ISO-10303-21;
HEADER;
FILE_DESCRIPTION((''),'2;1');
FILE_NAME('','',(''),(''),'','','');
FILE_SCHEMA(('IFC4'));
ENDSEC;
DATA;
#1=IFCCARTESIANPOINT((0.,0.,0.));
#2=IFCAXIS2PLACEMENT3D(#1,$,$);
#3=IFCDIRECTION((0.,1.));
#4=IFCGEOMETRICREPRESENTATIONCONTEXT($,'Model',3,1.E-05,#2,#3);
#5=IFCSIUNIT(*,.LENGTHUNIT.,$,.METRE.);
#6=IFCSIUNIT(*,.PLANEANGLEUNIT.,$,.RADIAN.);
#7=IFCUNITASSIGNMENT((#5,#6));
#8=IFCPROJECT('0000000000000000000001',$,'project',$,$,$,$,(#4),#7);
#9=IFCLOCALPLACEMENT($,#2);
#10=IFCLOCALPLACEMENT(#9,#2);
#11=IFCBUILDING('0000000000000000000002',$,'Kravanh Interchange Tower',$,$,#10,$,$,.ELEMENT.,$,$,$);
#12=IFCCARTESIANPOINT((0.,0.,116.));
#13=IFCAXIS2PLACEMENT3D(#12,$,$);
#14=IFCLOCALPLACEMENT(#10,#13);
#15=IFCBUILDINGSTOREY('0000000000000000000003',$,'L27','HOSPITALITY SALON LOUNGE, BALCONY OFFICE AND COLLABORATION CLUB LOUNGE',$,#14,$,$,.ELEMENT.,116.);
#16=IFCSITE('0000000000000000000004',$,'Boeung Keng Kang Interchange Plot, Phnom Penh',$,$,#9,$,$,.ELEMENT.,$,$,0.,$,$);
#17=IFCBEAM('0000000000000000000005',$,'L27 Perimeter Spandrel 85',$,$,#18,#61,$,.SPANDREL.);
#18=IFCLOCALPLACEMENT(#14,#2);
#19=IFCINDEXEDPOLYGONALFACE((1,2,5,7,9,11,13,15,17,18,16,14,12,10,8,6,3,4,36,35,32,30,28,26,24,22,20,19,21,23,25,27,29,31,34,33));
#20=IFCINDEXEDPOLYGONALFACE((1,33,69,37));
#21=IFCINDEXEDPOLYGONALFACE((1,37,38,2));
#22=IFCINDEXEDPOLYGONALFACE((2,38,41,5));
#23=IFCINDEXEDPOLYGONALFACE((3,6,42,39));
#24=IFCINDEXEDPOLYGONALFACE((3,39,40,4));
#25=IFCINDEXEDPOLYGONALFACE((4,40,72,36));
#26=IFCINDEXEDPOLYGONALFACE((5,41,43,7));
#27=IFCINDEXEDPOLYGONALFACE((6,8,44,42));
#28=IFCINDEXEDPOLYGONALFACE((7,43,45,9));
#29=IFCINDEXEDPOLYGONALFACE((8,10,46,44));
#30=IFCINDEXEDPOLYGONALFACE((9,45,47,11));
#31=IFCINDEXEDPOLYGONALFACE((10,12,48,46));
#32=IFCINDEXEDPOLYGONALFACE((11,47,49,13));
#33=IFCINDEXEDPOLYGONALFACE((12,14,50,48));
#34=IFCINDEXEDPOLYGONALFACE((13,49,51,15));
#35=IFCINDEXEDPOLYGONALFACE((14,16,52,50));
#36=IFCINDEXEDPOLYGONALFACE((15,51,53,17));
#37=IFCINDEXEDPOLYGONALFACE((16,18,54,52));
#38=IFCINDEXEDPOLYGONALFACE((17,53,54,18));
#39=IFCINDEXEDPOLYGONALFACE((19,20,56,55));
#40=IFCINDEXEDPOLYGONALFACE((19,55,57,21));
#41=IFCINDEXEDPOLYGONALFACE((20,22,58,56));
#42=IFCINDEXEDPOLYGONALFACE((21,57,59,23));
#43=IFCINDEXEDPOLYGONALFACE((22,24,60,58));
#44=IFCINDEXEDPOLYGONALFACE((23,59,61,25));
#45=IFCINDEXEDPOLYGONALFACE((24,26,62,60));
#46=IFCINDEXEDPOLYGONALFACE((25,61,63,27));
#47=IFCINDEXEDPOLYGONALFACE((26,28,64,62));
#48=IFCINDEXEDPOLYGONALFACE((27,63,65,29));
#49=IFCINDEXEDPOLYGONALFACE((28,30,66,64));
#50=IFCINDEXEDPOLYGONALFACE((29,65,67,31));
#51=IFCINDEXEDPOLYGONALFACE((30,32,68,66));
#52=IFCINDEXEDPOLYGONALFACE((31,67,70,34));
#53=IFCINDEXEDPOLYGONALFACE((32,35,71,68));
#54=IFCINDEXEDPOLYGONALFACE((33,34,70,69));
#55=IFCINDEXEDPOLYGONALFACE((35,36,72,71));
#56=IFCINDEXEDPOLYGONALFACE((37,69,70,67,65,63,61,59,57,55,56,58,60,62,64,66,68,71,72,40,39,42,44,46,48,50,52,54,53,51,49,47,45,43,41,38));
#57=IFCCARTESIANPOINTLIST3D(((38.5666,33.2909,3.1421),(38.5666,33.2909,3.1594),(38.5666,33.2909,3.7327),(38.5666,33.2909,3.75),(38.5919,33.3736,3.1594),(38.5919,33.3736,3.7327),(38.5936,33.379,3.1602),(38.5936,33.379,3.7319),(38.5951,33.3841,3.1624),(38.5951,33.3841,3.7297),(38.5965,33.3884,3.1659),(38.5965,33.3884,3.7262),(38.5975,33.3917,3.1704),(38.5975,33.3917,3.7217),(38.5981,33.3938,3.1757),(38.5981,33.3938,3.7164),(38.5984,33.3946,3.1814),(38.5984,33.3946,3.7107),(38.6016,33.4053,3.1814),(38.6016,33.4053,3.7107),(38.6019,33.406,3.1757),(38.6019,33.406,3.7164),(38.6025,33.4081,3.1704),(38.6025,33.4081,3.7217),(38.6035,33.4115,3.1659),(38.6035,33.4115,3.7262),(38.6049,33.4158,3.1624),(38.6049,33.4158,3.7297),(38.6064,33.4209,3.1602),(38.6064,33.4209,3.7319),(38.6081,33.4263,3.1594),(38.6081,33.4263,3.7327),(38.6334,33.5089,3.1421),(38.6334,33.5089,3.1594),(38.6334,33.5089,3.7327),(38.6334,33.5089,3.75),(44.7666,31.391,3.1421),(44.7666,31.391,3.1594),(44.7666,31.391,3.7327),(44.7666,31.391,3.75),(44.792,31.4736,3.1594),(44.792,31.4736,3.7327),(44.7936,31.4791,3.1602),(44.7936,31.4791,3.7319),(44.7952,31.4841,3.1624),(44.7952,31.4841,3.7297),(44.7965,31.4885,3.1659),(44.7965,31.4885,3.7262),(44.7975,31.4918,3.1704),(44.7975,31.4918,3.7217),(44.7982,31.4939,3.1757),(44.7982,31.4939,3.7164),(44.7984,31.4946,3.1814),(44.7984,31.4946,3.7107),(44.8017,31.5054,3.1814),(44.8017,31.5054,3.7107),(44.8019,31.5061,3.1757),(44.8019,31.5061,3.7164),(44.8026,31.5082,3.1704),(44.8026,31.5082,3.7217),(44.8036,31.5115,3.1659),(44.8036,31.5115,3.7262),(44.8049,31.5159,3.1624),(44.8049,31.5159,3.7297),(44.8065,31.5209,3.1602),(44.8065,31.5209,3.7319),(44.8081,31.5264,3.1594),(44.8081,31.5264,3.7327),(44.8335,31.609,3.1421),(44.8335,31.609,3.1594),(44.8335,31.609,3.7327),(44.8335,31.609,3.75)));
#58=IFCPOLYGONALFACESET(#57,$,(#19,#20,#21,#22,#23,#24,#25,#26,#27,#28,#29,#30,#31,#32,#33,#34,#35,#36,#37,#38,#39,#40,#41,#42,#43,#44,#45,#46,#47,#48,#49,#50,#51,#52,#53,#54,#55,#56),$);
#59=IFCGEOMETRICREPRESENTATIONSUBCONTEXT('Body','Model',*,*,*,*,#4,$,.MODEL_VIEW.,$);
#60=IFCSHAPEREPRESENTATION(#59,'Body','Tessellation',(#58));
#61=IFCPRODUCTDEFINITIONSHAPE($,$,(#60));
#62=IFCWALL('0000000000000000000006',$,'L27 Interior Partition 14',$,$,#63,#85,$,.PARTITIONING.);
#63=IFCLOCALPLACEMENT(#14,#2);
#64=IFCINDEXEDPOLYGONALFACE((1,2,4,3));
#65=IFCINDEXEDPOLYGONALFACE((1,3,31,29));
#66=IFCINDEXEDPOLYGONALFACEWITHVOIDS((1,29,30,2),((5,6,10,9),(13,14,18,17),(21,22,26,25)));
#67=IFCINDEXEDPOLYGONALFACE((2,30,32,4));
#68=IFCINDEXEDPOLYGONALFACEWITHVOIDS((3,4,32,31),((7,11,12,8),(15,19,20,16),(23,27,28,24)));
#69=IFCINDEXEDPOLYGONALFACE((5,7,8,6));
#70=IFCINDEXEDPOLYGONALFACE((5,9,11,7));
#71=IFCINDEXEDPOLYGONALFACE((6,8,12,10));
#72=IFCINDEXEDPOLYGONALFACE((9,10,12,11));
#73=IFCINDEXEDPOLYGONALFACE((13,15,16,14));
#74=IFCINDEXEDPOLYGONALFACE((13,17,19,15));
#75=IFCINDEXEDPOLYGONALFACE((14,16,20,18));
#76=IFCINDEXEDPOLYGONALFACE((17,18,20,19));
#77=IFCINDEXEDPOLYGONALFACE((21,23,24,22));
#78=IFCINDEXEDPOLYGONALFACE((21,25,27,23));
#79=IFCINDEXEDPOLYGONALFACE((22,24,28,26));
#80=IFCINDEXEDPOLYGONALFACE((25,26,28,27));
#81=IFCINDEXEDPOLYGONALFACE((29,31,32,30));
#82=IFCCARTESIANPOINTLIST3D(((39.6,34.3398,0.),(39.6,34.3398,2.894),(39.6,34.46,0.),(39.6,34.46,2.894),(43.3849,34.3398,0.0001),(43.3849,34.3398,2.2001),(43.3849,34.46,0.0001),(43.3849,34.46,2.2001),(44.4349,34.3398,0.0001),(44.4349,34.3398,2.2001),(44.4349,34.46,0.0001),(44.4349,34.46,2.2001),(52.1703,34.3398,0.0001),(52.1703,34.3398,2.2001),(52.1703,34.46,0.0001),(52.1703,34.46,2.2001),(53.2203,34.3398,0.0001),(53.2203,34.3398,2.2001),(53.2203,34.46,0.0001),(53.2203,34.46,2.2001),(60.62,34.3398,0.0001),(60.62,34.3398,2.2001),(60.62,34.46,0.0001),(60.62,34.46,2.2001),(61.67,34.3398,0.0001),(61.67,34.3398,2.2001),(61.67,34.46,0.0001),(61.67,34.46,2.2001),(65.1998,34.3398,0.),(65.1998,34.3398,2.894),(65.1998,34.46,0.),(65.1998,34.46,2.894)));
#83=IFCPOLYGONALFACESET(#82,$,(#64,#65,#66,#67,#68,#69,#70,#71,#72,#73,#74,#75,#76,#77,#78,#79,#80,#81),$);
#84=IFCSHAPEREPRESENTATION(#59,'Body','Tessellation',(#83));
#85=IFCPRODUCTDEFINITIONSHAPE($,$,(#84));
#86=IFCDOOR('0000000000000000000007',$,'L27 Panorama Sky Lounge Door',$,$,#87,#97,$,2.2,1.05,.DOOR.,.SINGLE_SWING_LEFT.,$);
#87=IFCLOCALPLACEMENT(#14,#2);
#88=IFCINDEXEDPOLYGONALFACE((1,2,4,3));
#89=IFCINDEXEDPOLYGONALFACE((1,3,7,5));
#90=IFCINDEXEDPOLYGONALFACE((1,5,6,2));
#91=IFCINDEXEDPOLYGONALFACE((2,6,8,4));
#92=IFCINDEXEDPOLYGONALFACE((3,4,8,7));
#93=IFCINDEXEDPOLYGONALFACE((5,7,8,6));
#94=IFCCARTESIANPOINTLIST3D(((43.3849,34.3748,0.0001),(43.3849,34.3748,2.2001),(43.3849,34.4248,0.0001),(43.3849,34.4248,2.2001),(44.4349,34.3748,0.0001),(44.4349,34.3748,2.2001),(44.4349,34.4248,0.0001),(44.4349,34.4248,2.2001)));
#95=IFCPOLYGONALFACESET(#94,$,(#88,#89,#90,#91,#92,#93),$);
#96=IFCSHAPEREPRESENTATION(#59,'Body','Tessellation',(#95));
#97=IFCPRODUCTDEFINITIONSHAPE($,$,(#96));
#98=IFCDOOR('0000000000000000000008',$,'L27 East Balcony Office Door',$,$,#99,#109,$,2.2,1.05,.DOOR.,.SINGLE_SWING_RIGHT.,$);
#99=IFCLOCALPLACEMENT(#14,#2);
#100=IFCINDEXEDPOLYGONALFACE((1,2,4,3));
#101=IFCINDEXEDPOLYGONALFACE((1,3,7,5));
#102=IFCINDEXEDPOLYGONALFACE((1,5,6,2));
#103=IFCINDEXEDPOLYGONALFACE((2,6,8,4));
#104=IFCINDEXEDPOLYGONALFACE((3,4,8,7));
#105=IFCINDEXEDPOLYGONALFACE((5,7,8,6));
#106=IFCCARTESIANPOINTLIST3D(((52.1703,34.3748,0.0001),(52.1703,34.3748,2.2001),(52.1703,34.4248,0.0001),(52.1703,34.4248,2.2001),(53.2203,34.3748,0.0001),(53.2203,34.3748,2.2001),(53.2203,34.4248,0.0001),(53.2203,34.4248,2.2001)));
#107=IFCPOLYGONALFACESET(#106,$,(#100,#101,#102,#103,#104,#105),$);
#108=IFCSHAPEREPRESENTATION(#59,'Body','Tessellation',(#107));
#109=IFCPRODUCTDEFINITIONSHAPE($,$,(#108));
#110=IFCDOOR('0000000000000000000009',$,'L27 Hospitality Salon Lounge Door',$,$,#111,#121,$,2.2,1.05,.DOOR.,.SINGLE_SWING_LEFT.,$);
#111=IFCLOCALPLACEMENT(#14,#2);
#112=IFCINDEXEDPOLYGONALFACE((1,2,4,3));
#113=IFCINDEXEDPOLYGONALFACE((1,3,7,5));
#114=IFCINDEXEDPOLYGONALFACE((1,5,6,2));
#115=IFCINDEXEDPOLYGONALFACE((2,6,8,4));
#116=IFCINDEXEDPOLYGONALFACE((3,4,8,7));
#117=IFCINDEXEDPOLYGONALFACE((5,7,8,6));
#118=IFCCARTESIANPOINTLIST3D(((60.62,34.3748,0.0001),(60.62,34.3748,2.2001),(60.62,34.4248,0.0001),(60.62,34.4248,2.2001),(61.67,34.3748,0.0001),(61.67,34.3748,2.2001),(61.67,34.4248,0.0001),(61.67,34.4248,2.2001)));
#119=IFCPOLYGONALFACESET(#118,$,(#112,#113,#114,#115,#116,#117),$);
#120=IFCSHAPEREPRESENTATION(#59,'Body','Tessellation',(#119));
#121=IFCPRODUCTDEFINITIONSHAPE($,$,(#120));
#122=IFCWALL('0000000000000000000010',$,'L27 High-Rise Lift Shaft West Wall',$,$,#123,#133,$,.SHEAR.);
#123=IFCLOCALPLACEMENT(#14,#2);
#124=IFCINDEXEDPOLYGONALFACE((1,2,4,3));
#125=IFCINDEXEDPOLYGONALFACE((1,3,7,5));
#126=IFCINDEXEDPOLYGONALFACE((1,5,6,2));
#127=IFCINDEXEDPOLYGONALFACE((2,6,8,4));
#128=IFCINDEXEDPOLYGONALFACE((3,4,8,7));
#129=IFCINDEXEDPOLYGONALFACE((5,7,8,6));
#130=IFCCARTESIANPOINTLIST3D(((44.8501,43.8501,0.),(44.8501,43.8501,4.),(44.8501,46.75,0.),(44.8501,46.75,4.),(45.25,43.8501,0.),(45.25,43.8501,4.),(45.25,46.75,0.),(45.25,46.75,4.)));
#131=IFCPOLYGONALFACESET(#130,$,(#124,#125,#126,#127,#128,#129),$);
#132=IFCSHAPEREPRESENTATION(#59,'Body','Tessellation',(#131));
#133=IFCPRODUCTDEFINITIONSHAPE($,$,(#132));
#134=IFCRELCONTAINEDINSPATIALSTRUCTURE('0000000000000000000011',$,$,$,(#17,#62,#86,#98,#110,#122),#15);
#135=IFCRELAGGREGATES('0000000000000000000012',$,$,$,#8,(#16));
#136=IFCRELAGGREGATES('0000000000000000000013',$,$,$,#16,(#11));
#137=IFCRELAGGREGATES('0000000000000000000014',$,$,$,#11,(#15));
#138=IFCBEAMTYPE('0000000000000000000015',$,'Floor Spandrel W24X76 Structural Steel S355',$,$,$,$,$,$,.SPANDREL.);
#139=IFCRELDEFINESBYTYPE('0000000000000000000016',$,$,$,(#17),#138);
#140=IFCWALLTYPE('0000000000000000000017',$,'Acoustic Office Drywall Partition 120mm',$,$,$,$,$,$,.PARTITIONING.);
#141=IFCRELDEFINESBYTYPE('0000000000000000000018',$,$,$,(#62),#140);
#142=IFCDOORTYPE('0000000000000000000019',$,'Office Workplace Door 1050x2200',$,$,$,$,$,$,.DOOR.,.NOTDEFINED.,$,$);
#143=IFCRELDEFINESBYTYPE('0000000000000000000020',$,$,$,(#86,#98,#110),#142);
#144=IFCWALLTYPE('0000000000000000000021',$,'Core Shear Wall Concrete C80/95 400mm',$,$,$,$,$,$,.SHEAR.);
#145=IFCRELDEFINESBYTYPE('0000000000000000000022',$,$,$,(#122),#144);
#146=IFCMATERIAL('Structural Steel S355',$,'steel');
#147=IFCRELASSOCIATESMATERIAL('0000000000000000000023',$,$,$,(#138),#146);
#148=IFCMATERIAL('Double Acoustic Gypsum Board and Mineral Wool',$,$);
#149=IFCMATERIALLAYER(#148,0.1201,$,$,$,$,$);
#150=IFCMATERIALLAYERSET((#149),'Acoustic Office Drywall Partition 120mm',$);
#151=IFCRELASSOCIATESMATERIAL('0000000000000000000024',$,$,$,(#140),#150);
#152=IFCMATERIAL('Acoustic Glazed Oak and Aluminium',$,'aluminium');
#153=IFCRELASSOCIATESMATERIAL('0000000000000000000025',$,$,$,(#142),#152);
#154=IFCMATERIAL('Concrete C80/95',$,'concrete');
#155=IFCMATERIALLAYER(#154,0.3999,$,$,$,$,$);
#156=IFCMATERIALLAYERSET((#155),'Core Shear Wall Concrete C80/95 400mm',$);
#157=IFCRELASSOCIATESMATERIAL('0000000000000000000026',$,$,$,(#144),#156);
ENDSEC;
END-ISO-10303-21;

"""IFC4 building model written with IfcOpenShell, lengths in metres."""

from ifc_helpers import new_model, si_unit, direction, frame, frame_2d, origin, origin_2d, place, context, subcontext, project, spatial, rectangle, i_section, extrude, material, layer, layer_set, material_profile, profile_set, type_object, element, fill, save


model = new_model("IFC4")

# Units and contexts
model_context = context("Model", 3, precision=1e-05, world=origin(), true_north=direction((0.0, 1.0)))
body_context = subcontext(model_context, "Body", "Model", "MODEL_VIEW")
ifc_project = project(units=[si_unit("LENGTHUNIT", "METRE"), si_unit("PLANEANGLEUNIT", "RADIAN")], contexts=[model_context])

# Site, building, storey
site_placement = place(None, origin())
site = spatial("IfcSite", under=ifc_project, at=site_placement, Name="Boeung Keng Kang Interchange Plot, Phnom Penh", CompositionType="ELEMENT", RefElevation=0.0)
building_placement = place(site_placement, origin())
building = spatial("IfcBuilding", under=site, at=building_placement, Name="Kravanh Interchange Tower", CompositionType="ELEMENT")
storey_placement = place(building_placement, frame((0.0, 0.0, 116.0)))
storey = spatial("IfcBuildingStorey", under=building, at=storey_placement, Name="L27", Description="HOSPITALITY SALON LOUNGE, BALCONY OFFICE AND COLLABORATION CLUB LOUNGE", CompositionType="ELEMENT", Elevation=116.0)

# Beam
ifc_material_1 = material(Name="Structural Steel S355", Category="steel")
ifc_material_profile_1 = material_profile(ifc_material_1, i_section(OverallWidth=0.228, OverallDepth=0.6079, WebThickness=0.0112, FlangeThickness=0.0173, FilletRadius=0.022, at=origin_2d()), Name="W24X76")
ifc_profile_set_1 = profile_set([ifc_material_profile_1], Name="Structural Steel S355")
beam_type_1 = type_object("IfcBeamType", Name="Floor Spandrel W24X76 Structural Steel S355", PredefinedType="SPANDREL", material=ifc_profile_set_1)
beam_1_placement = place(storey_placement, frame((44.8, 31.5, 3.446), z_axis=(-0.956115, 0.29299, 0.0), x_axis=(-0.29299, -0.956115, 0.0)))
element("IfcBeam", 1, at=beam_1_placement, inside=storey, type_object=beam_type_1, Name="L27 Perimeter Spandrel 85", PredefinedType="SPANDREL", context=body_context, shape_type="SweptSolid", body=[
    extrude(i_section(OverallWidth=0.228, OverallDepth=0.6079, WebThickness=0.0112, FlangeThickness=0.0173, FilletRadius=0.022, at=origin_2d()), origin(), (0.0, 0.0, 1.0), 6.4846),
])

# Wall, openings, doors
ifc_material_2 = material(Name="Double Acoustic Gypsum Board and Mineral Wool")
ifc_layer_1 = layer(ifc_material_2, 0.1201)
ifc_layer_set_1 = layer_set([ifc_layer_1], Name="Acoustic Office Drywall Partition 120mm")
wall_type_1 = type_object("IfcWallType", Name="Acoustic Office Drywall Partition 120mm", PredefinedType="PARTITIONING", material=ifc_layer_set_1)
wall_1_placement = place(storey_placement, frame((39.6001, 34.3999, 0.0), z_axis=(0.0, 0.0, 1.0), x_axis=(1.0, 0.0, 0.0)))
wall_1 = element("IfcWall", 2, at=wall_1_placement, inside=storey, type_object=wall_type_1, Name="L27 Interior Partition 14", PredefinedType="PARTITIONING", context=body_context, shape_type="SweptSolid", body=[
    extrude(rectangle(XDim=25.5999, YDim=0.1201, at=frame_2d((12.7998, 0.0))), origin(), (0.0, 0.0, 1.0), 2.894),
])
opening_1_placement = place(wall_1_placement, frame((3.7849, 0.0, 0.0)))
opening_1 = element("IfcOpeningElement", 3, at=opening_1_placement, cuts=wall_1, PredefinedType="OPENING", context=body_context, shape_type="SweptSolid", body=[
    extrude(rectangle(XDim=1.05, YDim=2.2, at=frame_2d((0.5249, 1.1001))), frame((0.0, 0.0701, 0.0), z_axis=(0.0, -1.0, 0.0), x_axis=(1.0, 0.0, 0.0)), (0.0, 0.0, 1.0), 0.1401),
])
opening_2_placement = place(wall_1_placement, frame((12.5703, 0.0, 0.0)))
opening_2 = element("IfcOpeningElement", 4, at=opening_2_placement, cuts=wall_1, PredefinedType="OPENING", context=body_context, shape_type="SweptSolid", body=[
    extrude(rectangle(XDim=1.05, YDim=2.2, at=frame_2d((0.5249, 1.1001))), frame((0.0, 0.0701, 0.0), z_axis=(0.0, -1.0, 0.0), x_axis=(1.0, 0.0, 0.0)), (0.0, 0.0, 1.0), 0.1401),
])
opening_3_placement = place(wall_1_placement, frame((21.02, 0.0, 0.0)))
opening_3 = element("IfcOpeningElement", 5, at=opening_3_placement, cuts=wall_1, PredefinedType="OPENING", context=body_context, shape_type="SweptSolid", body=[
    extrude(rectangle(XDim=1.05, YDim=2.2, at=frame_2d((0.5249, 1.1001))), frame((0.0, 0.0701, 0.0), z_axis=(0.0, -1.0, 0.0), x_axis=(1.0, 0.0, 0.0)), (0.0, 0.0, 1.0), 0.1401),
])
ifc_material_3 = material(Name="Acoustic Glazed Oak and Aluminium", Category="aluminium")
door_type_1 = type_object("IfcDoorType", Name="Office Workplace Door 1050x2200", OperationType="NOTDEFINED", PredefinedType="DOOR", material=ifc_material_3)
door_1_placement = place(opening_1_placement, origin())
door_1 = element("IfcDoor", 6, at=door_1_placement, inside=storey, type_object=door_type_1, Name="L27 Panorama Sky Lounge Door", OperationType="SINGLE_SWING_LEFT", OverallHeight=2.2, OverallWidth=1.05, PredefinedType="DOOR", context=body_context, shape_type="SweptSolid", body=[
    extrude(rectangle(XDim=1.05, YDim=2.2, at=frame_2d((0.5249, 1.1001))), frame((0.0, 0.0249, 0.0), z_axis=(0.0, -1.0, 0.0), x_axis=(1.0, 0.0, 0.0)), (0.0, 0.0, 1.0), 0.05),
])
fill(opening_1, door_1)
door_2_placement = place(opening_2_placement, origin())
door_2 = element("IfcDoor", 7, at=door_2_placement, inside=storey, type_object=door_type_1, Name="L27 East Balcony Office Door", OperationType="SINGLE_SWING_RIGHT", OverallHeight=2.2, OverallWidth=1.05, PredefinedType="DOOR", context=body_context, shape_type="SweptSolid", body=[
    extrude(rectangle(XDim=1.05, YDim=2.2, at=frame_2d((0.5249, 1.1001))), frame((0.0, 0.0249, 0.0), z_axis=(0.0, -1.0, 0.0), x_axis=(1.0, 0.0, 0.0)), (0.0, 0.0, 1.0), 0.05),
])
fill(opening_2, door_2)
door_3_placement = place(opening_3_placement, origin())
door_3 = element("IfcDoor", 8, at=door_3_placement, inside=storey, type_object=door_type_1, Name="L27 Hospitality Salon Lounge Door", OperationType="SINGLE_SWING_LEFT", OverallHeight=2.2, OverallWidth=1.05, PredefinedType="DOOR", context=body_context, shape_type="SweptSolid", body=[
    extrude(rectangle(XDim=1.05, YDim=2.2, at=frame_2d((0.5249, 1.1001))), frame((0.0, 0.0249, 0.0), z_axis=(0.0, -1.0, 0.0), x_axis=(1.0, 0.0, 0.0)), (0.0, 0.0, 1.0), 0.05),
])
fill(opening_3, door_3)

# Wall
ifc_material_4 = material(Name="Concrete C80/95", Category="concrete")
ifc_layer_2 = layer(ifc_material_4, 0.3999)
ifc_layer_set_2 = layer_set([ifc_layer_2], Name="Core Shear Wall Concrete C80/95 400mm")
wall_type_2 = type_object("IfcWallType", Name="Core Shear Wall Concrete C80/95 400mm", PredefinedType="SHEAR", material=ifc_layer_set_2)
wall_2_placement = place(storey_placement, frame((45.05, 43.8501, 0.0), z_axis=(0.0, 0.0, 1.0), x_axis=(0.0, 1.0, 0.0)))
element("IfcWall", 9, at=wall_2_placement, inside=storey, type_object=wall_type_2, Name="L27 High-Rise Lift Shaft West Wall", PredefinedType="SHEAR", context=body_context, shape_type="SweptSolid", body=[
    extrude(rectangle(XDim=2.8999, YDim=0.3999, at=frame_2d((1.45, 0.0))), origin(), (0.0, 0.0, 1.0), 4.0),
])

save(model, "model.ifc")
